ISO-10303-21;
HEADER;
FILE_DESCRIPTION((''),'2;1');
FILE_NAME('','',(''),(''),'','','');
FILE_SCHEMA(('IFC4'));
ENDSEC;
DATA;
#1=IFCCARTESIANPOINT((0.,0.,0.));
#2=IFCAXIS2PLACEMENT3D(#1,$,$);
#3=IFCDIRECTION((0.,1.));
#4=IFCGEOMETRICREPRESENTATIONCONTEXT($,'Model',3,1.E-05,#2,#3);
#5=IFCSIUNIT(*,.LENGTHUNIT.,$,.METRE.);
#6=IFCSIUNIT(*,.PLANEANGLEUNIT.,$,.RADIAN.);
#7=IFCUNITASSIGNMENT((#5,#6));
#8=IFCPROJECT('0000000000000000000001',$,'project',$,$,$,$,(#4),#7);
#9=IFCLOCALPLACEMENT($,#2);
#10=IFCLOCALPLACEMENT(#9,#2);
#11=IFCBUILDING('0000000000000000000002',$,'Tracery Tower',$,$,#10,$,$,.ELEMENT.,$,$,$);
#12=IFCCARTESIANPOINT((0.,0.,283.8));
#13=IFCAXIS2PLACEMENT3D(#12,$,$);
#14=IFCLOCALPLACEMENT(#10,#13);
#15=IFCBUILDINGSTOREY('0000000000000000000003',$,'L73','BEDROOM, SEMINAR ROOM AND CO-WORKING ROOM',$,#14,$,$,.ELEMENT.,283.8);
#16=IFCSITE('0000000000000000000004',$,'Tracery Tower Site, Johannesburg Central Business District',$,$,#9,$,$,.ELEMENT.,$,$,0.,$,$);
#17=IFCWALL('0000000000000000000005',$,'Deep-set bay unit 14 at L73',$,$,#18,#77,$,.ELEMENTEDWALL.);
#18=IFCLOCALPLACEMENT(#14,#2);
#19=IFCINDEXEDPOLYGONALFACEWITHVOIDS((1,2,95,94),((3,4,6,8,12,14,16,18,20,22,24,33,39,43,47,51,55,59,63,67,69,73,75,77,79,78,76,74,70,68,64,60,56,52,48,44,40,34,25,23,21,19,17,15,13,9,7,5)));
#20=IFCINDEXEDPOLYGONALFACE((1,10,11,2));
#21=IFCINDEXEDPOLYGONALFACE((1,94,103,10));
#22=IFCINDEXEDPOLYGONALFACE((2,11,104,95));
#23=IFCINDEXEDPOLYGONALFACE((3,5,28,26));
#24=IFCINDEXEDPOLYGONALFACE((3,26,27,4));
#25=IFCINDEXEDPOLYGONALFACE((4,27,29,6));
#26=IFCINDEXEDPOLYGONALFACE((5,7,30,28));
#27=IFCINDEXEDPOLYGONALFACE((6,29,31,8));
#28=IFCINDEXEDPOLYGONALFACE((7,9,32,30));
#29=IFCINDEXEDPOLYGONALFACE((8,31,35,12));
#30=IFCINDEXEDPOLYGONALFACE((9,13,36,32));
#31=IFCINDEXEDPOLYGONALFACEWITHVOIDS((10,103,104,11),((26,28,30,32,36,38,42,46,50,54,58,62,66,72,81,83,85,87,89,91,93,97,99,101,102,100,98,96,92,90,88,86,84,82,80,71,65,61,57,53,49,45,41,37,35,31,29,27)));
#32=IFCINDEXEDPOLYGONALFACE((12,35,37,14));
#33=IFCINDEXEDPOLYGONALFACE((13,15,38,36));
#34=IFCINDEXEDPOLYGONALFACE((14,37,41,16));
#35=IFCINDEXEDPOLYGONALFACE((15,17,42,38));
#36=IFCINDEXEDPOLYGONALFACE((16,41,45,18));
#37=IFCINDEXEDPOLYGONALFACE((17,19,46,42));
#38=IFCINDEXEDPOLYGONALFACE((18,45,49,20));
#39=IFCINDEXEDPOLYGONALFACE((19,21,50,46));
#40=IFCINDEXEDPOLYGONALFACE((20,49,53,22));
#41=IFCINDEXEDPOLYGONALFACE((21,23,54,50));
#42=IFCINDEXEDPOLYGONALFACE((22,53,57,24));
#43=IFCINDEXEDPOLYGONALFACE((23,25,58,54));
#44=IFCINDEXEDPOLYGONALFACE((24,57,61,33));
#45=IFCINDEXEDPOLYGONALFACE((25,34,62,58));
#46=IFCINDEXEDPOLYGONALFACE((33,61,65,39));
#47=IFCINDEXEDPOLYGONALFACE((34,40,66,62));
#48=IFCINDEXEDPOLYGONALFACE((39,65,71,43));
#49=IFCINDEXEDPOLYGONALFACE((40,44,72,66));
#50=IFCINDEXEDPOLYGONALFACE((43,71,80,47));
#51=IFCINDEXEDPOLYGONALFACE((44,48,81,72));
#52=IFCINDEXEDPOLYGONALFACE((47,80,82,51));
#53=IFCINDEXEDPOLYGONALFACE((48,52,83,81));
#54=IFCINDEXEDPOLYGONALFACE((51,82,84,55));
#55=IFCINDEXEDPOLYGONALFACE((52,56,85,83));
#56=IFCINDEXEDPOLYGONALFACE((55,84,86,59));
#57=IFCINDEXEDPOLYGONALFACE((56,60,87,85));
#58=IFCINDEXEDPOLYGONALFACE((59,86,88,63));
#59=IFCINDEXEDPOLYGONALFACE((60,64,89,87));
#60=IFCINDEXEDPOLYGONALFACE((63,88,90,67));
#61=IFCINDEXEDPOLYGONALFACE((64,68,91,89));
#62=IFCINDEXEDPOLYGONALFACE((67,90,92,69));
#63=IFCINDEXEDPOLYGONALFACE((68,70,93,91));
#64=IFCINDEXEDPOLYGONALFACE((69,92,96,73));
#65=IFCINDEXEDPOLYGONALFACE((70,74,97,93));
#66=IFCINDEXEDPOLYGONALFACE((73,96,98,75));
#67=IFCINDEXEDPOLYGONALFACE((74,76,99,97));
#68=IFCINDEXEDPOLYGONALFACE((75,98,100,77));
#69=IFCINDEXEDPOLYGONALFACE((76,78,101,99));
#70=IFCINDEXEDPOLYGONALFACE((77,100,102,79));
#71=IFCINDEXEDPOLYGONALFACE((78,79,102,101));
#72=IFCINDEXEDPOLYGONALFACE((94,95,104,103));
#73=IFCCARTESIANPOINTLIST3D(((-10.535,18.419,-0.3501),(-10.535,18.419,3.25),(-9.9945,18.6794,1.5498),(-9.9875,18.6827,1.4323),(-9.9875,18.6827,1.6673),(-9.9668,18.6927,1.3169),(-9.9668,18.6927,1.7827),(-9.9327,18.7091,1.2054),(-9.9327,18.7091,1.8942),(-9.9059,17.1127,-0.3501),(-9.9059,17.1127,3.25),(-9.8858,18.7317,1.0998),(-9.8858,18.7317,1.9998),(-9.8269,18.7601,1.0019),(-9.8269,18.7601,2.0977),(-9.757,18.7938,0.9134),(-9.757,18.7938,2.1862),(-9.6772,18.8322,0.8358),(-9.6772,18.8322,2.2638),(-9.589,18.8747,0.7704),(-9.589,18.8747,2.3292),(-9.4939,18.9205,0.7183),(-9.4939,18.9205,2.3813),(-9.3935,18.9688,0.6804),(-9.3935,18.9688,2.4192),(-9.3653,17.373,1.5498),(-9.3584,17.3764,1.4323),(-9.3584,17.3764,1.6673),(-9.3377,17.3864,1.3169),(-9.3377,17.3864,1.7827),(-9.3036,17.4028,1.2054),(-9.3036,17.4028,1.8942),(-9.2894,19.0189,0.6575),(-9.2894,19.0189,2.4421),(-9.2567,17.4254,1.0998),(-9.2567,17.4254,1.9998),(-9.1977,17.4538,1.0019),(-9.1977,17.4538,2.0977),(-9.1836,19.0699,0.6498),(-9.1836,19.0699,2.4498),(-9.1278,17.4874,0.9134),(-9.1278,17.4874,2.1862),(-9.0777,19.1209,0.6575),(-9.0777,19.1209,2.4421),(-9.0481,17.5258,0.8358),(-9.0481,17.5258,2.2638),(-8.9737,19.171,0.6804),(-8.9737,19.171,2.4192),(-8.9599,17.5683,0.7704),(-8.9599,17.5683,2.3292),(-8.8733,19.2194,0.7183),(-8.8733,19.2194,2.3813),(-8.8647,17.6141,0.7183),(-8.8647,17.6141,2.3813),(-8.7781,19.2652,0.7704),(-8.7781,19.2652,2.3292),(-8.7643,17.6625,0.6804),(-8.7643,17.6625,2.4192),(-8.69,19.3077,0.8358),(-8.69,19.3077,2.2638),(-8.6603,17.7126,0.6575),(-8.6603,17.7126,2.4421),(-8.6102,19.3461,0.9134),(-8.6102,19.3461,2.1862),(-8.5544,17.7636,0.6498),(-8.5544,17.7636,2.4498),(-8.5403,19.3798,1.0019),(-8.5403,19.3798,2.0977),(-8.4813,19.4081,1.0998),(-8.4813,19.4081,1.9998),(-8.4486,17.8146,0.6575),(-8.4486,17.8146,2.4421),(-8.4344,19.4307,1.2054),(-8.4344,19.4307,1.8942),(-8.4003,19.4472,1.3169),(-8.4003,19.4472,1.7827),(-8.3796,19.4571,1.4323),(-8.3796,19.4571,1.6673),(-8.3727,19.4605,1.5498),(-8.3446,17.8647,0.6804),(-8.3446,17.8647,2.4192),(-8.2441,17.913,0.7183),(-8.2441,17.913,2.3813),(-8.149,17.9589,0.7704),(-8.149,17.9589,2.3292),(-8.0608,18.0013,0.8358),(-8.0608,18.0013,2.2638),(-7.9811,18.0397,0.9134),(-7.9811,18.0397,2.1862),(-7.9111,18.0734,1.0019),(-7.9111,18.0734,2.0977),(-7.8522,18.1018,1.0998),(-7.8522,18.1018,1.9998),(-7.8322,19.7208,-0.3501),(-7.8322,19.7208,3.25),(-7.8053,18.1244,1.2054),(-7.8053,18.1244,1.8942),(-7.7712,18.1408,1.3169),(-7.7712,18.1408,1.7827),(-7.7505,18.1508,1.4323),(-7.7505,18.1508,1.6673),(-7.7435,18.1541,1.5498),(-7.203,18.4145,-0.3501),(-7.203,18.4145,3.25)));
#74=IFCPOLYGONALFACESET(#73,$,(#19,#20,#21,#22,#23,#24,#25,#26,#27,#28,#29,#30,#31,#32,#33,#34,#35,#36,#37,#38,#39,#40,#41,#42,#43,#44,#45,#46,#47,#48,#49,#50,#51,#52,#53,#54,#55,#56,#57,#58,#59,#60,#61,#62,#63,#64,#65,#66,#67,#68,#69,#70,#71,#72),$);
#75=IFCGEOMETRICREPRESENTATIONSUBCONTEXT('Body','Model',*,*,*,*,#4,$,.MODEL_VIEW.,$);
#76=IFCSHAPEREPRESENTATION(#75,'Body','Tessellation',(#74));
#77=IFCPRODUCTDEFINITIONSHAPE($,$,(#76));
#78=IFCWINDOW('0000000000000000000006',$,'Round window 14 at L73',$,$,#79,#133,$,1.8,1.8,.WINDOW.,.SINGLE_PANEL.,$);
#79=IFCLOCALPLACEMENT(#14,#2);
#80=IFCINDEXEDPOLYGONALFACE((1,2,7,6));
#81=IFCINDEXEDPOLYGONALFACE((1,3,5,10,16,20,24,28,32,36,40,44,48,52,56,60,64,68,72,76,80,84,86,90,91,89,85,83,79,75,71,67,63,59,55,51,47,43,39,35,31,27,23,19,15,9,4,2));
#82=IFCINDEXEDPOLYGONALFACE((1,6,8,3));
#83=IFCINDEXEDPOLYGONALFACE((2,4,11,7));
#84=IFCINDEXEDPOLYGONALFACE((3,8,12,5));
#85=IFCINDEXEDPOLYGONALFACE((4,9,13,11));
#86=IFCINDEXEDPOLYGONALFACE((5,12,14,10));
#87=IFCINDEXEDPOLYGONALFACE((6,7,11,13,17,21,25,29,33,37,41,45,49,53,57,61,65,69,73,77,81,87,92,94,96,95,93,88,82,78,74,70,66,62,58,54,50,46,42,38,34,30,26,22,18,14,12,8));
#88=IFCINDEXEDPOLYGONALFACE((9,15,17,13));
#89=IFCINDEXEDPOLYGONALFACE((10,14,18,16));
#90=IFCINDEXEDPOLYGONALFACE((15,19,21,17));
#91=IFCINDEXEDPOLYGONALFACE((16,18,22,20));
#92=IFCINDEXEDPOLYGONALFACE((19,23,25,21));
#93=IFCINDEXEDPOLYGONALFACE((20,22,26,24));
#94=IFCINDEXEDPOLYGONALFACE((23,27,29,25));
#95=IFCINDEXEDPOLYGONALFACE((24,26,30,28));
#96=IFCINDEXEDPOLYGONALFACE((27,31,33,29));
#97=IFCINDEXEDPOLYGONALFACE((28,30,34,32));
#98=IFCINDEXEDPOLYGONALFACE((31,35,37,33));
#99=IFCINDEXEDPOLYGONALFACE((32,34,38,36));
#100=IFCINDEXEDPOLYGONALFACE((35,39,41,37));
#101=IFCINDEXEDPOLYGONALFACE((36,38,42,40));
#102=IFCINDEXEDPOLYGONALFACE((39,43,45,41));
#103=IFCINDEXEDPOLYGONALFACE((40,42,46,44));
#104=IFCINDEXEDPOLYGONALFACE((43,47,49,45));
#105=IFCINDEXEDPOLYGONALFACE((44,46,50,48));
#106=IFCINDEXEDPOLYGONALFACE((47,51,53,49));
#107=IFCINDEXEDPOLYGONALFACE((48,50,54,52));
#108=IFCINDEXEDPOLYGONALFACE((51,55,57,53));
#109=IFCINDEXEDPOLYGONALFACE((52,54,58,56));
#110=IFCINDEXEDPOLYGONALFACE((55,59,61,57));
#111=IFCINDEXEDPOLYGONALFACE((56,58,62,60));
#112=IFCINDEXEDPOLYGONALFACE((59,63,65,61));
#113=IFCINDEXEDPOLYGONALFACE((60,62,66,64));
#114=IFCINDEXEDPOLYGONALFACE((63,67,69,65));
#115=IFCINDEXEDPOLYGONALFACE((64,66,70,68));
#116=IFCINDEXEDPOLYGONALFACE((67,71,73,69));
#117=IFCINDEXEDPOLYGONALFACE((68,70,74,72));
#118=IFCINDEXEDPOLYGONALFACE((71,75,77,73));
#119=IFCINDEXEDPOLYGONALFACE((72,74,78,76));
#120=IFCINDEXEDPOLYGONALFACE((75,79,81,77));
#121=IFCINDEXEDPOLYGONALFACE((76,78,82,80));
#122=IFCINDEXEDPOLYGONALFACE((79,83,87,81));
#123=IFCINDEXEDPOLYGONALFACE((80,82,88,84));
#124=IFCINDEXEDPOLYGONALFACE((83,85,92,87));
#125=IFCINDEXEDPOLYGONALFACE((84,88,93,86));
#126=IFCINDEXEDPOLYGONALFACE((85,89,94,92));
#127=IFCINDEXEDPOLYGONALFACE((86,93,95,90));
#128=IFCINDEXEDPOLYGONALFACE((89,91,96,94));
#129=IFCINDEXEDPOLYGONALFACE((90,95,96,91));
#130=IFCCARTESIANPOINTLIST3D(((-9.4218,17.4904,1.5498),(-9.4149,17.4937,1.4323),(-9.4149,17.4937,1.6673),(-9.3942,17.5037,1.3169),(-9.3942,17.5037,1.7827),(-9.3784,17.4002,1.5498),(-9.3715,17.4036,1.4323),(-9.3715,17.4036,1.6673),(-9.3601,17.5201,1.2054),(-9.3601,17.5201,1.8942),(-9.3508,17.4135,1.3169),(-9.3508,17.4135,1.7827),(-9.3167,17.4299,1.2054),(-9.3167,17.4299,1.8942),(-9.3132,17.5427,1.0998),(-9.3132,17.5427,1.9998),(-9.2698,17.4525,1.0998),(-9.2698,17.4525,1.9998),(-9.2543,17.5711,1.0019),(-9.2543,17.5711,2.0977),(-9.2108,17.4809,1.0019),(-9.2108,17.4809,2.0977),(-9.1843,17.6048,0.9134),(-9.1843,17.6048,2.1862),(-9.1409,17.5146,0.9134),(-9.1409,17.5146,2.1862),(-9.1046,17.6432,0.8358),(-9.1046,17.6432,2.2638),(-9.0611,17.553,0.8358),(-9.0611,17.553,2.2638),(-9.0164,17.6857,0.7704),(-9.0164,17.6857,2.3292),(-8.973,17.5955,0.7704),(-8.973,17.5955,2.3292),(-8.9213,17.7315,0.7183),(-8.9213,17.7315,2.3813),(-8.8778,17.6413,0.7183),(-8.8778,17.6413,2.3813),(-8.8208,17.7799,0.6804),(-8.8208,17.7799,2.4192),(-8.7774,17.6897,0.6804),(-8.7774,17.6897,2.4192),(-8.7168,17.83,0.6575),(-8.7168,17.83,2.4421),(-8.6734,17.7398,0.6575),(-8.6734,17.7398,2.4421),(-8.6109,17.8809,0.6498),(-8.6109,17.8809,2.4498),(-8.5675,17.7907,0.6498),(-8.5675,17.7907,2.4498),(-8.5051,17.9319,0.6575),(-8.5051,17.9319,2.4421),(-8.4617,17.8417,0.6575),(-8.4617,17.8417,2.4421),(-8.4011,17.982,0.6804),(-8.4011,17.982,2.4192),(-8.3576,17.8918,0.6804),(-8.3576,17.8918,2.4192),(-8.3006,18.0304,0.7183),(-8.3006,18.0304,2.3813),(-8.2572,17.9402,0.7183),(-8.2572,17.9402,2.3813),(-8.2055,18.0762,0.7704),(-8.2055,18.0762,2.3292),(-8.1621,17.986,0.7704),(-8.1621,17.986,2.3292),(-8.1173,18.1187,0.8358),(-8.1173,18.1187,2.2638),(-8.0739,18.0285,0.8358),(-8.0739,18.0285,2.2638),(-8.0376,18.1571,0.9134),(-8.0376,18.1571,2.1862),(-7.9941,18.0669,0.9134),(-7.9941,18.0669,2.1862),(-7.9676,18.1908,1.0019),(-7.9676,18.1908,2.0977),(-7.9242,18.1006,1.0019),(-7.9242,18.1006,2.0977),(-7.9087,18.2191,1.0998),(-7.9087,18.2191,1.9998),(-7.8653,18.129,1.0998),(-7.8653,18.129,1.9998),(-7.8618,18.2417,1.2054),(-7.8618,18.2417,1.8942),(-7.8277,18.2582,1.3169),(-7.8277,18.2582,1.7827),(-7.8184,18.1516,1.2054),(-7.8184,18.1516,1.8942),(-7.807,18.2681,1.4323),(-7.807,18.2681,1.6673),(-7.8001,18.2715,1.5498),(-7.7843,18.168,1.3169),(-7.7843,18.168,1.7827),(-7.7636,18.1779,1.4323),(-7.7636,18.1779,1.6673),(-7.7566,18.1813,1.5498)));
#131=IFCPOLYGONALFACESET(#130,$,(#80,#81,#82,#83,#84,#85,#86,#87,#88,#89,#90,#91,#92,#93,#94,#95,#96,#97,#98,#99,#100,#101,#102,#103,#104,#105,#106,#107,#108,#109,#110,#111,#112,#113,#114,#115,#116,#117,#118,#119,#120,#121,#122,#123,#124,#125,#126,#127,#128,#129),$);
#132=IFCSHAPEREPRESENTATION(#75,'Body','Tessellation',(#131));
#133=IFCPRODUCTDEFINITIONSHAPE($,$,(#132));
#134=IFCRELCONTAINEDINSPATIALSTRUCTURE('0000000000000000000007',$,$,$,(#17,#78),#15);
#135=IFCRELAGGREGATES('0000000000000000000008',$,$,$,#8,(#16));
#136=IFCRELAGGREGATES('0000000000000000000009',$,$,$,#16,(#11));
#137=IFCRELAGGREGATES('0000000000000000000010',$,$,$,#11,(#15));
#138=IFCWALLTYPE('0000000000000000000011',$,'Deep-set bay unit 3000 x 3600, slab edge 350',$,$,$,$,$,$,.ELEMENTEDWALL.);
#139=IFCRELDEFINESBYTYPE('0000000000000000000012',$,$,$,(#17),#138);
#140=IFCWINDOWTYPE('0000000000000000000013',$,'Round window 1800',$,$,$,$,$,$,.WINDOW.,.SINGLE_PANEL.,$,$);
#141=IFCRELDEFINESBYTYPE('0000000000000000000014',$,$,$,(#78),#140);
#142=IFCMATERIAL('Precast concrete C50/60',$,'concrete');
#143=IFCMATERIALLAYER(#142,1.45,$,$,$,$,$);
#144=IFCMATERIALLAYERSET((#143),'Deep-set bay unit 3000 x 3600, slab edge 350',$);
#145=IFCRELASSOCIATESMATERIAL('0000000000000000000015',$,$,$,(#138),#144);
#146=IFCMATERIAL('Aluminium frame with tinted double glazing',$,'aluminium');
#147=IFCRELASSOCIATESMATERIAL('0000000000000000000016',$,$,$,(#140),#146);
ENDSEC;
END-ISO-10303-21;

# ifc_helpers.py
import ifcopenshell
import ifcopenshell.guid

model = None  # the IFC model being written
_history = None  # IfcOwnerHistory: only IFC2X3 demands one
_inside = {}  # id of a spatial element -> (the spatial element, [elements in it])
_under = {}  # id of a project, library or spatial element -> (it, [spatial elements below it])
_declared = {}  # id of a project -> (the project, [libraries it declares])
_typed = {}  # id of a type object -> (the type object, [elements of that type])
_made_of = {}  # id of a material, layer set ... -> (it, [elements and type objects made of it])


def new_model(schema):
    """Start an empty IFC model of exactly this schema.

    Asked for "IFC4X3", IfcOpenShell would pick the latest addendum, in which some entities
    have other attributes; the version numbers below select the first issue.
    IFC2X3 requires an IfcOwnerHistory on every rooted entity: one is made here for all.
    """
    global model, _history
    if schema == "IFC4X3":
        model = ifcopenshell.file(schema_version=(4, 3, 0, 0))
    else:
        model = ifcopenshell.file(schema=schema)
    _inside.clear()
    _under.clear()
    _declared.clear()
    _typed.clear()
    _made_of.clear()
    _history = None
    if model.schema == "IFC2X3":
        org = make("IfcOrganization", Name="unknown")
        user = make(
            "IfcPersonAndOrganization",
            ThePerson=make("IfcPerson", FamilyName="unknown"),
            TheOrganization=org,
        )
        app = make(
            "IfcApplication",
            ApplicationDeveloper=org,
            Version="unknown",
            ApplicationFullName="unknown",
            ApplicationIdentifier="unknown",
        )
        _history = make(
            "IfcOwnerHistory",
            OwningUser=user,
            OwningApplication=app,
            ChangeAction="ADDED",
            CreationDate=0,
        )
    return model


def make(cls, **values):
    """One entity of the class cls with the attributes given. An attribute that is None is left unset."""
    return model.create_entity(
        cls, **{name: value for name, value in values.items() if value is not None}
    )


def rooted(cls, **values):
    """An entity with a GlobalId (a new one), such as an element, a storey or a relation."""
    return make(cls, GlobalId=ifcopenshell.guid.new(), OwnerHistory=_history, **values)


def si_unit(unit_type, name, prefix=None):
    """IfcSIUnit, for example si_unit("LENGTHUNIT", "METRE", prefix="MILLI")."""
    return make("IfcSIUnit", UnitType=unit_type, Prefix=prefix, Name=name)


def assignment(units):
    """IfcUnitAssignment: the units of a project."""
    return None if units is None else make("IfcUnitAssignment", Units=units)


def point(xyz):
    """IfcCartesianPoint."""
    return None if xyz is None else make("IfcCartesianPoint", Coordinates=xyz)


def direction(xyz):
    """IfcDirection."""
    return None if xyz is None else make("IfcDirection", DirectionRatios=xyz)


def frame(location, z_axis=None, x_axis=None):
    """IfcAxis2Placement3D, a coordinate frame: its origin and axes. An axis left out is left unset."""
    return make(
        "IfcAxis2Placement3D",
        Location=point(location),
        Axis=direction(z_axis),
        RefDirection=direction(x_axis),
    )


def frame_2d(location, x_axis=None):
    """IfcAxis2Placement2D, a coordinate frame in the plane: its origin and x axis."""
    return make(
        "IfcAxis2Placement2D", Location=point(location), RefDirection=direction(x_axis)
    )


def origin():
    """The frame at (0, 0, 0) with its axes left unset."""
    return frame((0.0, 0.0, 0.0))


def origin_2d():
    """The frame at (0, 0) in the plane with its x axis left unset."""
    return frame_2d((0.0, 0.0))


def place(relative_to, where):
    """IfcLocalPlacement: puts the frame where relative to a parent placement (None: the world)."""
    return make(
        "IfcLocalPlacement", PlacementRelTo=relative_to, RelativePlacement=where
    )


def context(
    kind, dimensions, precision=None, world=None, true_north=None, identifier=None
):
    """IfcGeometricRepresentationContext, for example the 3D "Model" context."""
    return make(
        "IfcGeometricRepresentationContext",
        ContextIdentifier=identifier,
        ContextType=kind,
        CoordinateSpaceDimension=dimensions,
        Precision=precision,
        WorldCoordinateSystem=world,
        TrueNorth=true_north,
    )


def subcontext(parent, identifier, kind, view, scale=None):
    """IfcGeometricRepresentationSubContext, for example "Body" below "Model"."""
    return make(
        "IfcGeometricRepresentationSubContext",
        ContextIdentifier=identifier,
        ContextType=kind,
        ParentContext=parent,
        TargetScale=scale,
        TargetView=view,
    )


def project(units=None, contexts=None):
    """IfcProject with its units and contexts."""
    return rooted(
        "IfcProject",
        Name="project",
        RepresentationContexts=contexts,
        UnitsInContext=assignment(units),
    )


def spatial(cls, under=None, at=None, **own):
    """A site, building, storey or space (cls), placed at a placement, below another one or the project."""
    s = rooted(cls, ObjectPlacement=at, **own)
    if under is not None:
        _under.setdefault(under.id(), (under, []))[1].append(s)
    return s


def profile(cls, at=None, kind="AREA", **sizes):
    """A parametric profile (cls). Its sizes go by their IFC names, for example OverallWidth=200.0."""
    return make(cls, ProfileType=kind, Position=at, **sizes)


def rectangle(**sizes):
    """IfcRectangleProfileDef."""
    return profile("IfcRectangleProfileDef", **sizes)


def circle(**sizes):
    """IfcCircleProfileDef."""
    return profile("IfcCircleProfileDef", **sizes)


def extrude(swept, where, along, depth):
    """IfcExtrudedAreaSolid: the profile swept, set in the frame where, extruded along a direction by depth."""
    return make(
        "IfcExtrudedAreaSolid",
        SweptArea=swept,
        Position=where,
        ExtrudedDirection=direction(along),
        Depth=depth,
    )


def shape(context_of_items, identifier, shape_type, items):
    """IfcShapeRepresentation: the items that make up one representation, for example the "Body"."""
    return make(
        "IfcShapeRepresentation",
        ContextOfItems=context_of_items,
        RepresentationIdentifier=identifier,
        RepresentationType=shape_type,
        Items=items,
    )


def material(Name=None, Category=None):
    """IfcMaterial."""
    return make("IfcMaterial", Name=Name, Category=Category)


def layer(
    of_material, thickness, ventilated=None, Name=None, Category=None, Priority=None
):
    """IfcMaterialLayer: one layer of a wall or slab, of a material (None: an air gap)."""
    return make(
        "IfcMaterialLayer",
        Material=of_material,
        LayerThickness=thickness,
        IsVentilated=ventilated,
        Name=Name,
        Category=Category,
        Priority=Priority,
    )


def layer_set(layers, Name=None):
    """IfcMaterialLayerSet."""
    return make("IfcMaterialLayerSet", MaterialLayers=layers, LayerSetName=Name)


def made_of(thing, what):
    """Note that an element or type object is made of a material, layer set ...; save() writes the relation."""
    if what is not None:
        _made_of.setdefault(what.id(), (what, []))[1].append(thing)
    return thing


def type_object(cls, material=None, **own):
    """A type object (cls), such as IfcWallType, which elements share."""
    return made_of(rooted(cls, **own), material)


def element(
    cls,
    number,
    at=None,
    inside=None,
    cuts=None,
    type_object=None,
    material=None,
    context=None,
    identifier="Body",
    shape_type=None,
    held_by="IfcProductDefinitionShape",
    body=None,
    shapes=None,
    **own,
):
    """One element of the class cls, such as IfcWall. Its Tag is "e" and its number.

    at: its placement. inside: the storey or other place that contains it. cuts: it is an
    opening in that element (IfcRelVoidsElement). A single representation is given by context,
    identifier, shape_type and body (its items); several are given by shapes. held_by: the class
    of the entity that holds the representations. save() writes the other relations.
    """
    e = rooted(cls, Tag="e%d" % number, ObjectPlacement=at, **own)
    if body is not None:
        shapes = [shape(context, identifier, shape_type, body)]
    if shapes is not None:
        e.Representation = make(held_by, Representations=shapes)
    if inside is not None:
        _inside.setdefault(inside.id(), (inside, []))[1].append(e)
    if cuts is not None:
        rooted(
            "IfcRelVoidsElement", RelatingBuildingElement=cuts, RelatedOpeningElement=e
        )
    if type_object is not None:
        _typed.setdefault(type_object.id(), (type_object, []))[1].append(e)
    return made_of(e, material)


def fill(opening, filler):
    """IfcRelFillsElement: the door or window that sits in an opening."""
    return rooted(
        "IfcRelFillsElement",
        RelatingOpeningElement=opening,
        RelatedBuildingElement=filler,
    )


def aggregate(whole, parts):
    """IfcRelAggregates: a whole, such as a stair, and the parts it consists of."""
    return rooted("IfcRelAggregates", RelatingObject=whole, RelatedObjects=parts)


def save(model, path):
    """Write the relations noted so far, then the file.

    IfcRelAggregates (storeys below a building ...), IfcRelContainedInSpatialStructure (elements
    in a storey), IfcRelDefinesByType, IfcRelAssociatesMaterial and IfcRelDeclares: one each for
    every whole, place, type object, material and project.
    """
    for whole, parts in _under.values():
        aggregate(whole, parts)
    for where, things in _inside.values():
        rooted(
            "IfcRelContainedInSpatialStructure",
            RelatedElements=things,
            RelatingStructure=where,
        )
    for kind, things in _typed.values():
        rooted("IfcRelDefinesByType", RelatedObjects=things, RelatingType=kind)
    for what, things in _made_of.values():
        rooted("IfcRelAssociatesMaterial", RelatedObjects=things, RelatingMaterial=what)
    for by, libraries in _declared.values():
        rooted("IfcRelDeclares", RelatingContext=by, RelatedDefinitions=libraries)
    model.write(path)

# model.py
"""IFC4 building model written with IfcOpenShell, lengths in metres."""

from ifc_helpers import new_model, si_unit, direction, frame, frame_2d, origin, origin_2d, place, context, subcontext, project, spatial, rectangle, circle, extrude, material, layer, layer_set, type_object, element, fill, save


model = new_model("IFC4")

# Units and contexts
model_context = context("Model", 3, precision=1e-05, world=origin(), true_north=direction((0.0, 1.0)))
body_context = subcontext(model_context, "Body", "Model", "MODEL_VIEW")
ifc_project = project(units=[si_unit("LENGTHUNIT", "METRE"), si_unit("PLANEANGLEUNIT", "RADIAN")], contexts=[model_context])

# Site, building, storey
site_placement = place(None, origin())
site = spatial("IfcSite", under=ifc_project, at=site_placement, Name="Tracery Tower Site, Johannesburg Central Business District", CompositionType="ELEMENT", RefElevation=0.0)
building_placement = place(site_placement, origin())
building = spatial("IfcBuilding", under=site, at=building_placement, Name="Tracery Tower", CompositionType="ELEMENT")
storey_placement = place(building_placement, frame((0.0, 0.0, 283.8)))
storey = spatial("IfcBuildingStorey", under=building, at=storey_placement, Name="L73", Description="BEDROOM, SEMINAR ROOM AND CO-WORKING ROOM", CompositionType="ELEMENT", Elevation=283.8)

# Wall, opening, window
ifc_material_1 = material(Name="Precast concrete C50/60", Category="concrete")
ifc_layer_1 = layer(ifc_material_1, 1.45)
ifc_layer_set_1 = layer_set([ifc_layer_1], Name="Deep-set bay unit 3000 x 3600, slab edge 350")
wall_type_1 = type_object("IfcWallType", Name="Deep-set bay unit 3000 x 3600, slab edge 350", PredefinedType="ELEMENTEDWALL", material=ifc_layer_set_1)
wall_1_placement = place(storey_placement, frame((-7.5176, 19.0676, -0.3501), z_axis=(0.0, 0.0, 1.0), x_axis=(-0.900953, -0.433916, 0.0)))
wall_1 = element("IfcWall", 1, at=wall_1_placement, inside=storey, type_object=wall_type_1, Name="Deep-set bay unit 14 at L73", PredefinedType="ELEMENTEDWALL", context=body_context, shape_type="SweptSolid", body=[
    extrude(rectangle(XDim=3.0, YDim=1.45, at=frame_2d((1.5, 0.0))), origin(), (0.0, 0.0, 1.0), 3.6001),
])
opening_1_placement = place(wall_1_placement, frame((1.5, 0.0, 1.8999)))
opening_1 = element("IfcOpeningElement", 2, at=opening_1_placement, cuts=wall_1, PredefinedType="OPENING", context=body_context, shape_type="SweptSolid", body=[
    extrude(circle(Radius=0.9, at=origin_2d()), frame((0.0, 0.7349, 0.0), z_axis=(0.0, -1.0, 0.0), x_axis=(1.0, 0.0, 0.0)), (0.0, 0.0, 1.0), 1.47),
])
ifc_material_2 = material(Name="Aluminium frame with tinted double glazing", Category="aluminium")
window_type = type_object("IfcWindowType", Name="Round window 1800", PartitioningType="SINGLE_PANEL", PredefinedType="WINDOW", material=ifc_material_2)
window_1_placement = place(opening_1_placement, origin())
window_1 = element("IfcWindow", 3, at=window_1_placement, inside=storey, type_object=window_type, Name="Round window 14 at L73", OverallHeight=1.8, OverallWidth=1.8, PartitioningType="SINGLE_PANEL", PredefinedType="WINDOW", context=body_context, shape_type="SweptSolid", body=[
    extrude(circle(Radius=0.9, at=origin_2d()), frame((0.0, 0.6948, 0.0), z_axis=(0.0, -1.0, 0.0), x_axis=(1.0, 0.0, 0.0)), (0.0, 0.0, 1.0), 0.1001),
])
fill(opening_1, window_1)

save(model, "model.ifc")
